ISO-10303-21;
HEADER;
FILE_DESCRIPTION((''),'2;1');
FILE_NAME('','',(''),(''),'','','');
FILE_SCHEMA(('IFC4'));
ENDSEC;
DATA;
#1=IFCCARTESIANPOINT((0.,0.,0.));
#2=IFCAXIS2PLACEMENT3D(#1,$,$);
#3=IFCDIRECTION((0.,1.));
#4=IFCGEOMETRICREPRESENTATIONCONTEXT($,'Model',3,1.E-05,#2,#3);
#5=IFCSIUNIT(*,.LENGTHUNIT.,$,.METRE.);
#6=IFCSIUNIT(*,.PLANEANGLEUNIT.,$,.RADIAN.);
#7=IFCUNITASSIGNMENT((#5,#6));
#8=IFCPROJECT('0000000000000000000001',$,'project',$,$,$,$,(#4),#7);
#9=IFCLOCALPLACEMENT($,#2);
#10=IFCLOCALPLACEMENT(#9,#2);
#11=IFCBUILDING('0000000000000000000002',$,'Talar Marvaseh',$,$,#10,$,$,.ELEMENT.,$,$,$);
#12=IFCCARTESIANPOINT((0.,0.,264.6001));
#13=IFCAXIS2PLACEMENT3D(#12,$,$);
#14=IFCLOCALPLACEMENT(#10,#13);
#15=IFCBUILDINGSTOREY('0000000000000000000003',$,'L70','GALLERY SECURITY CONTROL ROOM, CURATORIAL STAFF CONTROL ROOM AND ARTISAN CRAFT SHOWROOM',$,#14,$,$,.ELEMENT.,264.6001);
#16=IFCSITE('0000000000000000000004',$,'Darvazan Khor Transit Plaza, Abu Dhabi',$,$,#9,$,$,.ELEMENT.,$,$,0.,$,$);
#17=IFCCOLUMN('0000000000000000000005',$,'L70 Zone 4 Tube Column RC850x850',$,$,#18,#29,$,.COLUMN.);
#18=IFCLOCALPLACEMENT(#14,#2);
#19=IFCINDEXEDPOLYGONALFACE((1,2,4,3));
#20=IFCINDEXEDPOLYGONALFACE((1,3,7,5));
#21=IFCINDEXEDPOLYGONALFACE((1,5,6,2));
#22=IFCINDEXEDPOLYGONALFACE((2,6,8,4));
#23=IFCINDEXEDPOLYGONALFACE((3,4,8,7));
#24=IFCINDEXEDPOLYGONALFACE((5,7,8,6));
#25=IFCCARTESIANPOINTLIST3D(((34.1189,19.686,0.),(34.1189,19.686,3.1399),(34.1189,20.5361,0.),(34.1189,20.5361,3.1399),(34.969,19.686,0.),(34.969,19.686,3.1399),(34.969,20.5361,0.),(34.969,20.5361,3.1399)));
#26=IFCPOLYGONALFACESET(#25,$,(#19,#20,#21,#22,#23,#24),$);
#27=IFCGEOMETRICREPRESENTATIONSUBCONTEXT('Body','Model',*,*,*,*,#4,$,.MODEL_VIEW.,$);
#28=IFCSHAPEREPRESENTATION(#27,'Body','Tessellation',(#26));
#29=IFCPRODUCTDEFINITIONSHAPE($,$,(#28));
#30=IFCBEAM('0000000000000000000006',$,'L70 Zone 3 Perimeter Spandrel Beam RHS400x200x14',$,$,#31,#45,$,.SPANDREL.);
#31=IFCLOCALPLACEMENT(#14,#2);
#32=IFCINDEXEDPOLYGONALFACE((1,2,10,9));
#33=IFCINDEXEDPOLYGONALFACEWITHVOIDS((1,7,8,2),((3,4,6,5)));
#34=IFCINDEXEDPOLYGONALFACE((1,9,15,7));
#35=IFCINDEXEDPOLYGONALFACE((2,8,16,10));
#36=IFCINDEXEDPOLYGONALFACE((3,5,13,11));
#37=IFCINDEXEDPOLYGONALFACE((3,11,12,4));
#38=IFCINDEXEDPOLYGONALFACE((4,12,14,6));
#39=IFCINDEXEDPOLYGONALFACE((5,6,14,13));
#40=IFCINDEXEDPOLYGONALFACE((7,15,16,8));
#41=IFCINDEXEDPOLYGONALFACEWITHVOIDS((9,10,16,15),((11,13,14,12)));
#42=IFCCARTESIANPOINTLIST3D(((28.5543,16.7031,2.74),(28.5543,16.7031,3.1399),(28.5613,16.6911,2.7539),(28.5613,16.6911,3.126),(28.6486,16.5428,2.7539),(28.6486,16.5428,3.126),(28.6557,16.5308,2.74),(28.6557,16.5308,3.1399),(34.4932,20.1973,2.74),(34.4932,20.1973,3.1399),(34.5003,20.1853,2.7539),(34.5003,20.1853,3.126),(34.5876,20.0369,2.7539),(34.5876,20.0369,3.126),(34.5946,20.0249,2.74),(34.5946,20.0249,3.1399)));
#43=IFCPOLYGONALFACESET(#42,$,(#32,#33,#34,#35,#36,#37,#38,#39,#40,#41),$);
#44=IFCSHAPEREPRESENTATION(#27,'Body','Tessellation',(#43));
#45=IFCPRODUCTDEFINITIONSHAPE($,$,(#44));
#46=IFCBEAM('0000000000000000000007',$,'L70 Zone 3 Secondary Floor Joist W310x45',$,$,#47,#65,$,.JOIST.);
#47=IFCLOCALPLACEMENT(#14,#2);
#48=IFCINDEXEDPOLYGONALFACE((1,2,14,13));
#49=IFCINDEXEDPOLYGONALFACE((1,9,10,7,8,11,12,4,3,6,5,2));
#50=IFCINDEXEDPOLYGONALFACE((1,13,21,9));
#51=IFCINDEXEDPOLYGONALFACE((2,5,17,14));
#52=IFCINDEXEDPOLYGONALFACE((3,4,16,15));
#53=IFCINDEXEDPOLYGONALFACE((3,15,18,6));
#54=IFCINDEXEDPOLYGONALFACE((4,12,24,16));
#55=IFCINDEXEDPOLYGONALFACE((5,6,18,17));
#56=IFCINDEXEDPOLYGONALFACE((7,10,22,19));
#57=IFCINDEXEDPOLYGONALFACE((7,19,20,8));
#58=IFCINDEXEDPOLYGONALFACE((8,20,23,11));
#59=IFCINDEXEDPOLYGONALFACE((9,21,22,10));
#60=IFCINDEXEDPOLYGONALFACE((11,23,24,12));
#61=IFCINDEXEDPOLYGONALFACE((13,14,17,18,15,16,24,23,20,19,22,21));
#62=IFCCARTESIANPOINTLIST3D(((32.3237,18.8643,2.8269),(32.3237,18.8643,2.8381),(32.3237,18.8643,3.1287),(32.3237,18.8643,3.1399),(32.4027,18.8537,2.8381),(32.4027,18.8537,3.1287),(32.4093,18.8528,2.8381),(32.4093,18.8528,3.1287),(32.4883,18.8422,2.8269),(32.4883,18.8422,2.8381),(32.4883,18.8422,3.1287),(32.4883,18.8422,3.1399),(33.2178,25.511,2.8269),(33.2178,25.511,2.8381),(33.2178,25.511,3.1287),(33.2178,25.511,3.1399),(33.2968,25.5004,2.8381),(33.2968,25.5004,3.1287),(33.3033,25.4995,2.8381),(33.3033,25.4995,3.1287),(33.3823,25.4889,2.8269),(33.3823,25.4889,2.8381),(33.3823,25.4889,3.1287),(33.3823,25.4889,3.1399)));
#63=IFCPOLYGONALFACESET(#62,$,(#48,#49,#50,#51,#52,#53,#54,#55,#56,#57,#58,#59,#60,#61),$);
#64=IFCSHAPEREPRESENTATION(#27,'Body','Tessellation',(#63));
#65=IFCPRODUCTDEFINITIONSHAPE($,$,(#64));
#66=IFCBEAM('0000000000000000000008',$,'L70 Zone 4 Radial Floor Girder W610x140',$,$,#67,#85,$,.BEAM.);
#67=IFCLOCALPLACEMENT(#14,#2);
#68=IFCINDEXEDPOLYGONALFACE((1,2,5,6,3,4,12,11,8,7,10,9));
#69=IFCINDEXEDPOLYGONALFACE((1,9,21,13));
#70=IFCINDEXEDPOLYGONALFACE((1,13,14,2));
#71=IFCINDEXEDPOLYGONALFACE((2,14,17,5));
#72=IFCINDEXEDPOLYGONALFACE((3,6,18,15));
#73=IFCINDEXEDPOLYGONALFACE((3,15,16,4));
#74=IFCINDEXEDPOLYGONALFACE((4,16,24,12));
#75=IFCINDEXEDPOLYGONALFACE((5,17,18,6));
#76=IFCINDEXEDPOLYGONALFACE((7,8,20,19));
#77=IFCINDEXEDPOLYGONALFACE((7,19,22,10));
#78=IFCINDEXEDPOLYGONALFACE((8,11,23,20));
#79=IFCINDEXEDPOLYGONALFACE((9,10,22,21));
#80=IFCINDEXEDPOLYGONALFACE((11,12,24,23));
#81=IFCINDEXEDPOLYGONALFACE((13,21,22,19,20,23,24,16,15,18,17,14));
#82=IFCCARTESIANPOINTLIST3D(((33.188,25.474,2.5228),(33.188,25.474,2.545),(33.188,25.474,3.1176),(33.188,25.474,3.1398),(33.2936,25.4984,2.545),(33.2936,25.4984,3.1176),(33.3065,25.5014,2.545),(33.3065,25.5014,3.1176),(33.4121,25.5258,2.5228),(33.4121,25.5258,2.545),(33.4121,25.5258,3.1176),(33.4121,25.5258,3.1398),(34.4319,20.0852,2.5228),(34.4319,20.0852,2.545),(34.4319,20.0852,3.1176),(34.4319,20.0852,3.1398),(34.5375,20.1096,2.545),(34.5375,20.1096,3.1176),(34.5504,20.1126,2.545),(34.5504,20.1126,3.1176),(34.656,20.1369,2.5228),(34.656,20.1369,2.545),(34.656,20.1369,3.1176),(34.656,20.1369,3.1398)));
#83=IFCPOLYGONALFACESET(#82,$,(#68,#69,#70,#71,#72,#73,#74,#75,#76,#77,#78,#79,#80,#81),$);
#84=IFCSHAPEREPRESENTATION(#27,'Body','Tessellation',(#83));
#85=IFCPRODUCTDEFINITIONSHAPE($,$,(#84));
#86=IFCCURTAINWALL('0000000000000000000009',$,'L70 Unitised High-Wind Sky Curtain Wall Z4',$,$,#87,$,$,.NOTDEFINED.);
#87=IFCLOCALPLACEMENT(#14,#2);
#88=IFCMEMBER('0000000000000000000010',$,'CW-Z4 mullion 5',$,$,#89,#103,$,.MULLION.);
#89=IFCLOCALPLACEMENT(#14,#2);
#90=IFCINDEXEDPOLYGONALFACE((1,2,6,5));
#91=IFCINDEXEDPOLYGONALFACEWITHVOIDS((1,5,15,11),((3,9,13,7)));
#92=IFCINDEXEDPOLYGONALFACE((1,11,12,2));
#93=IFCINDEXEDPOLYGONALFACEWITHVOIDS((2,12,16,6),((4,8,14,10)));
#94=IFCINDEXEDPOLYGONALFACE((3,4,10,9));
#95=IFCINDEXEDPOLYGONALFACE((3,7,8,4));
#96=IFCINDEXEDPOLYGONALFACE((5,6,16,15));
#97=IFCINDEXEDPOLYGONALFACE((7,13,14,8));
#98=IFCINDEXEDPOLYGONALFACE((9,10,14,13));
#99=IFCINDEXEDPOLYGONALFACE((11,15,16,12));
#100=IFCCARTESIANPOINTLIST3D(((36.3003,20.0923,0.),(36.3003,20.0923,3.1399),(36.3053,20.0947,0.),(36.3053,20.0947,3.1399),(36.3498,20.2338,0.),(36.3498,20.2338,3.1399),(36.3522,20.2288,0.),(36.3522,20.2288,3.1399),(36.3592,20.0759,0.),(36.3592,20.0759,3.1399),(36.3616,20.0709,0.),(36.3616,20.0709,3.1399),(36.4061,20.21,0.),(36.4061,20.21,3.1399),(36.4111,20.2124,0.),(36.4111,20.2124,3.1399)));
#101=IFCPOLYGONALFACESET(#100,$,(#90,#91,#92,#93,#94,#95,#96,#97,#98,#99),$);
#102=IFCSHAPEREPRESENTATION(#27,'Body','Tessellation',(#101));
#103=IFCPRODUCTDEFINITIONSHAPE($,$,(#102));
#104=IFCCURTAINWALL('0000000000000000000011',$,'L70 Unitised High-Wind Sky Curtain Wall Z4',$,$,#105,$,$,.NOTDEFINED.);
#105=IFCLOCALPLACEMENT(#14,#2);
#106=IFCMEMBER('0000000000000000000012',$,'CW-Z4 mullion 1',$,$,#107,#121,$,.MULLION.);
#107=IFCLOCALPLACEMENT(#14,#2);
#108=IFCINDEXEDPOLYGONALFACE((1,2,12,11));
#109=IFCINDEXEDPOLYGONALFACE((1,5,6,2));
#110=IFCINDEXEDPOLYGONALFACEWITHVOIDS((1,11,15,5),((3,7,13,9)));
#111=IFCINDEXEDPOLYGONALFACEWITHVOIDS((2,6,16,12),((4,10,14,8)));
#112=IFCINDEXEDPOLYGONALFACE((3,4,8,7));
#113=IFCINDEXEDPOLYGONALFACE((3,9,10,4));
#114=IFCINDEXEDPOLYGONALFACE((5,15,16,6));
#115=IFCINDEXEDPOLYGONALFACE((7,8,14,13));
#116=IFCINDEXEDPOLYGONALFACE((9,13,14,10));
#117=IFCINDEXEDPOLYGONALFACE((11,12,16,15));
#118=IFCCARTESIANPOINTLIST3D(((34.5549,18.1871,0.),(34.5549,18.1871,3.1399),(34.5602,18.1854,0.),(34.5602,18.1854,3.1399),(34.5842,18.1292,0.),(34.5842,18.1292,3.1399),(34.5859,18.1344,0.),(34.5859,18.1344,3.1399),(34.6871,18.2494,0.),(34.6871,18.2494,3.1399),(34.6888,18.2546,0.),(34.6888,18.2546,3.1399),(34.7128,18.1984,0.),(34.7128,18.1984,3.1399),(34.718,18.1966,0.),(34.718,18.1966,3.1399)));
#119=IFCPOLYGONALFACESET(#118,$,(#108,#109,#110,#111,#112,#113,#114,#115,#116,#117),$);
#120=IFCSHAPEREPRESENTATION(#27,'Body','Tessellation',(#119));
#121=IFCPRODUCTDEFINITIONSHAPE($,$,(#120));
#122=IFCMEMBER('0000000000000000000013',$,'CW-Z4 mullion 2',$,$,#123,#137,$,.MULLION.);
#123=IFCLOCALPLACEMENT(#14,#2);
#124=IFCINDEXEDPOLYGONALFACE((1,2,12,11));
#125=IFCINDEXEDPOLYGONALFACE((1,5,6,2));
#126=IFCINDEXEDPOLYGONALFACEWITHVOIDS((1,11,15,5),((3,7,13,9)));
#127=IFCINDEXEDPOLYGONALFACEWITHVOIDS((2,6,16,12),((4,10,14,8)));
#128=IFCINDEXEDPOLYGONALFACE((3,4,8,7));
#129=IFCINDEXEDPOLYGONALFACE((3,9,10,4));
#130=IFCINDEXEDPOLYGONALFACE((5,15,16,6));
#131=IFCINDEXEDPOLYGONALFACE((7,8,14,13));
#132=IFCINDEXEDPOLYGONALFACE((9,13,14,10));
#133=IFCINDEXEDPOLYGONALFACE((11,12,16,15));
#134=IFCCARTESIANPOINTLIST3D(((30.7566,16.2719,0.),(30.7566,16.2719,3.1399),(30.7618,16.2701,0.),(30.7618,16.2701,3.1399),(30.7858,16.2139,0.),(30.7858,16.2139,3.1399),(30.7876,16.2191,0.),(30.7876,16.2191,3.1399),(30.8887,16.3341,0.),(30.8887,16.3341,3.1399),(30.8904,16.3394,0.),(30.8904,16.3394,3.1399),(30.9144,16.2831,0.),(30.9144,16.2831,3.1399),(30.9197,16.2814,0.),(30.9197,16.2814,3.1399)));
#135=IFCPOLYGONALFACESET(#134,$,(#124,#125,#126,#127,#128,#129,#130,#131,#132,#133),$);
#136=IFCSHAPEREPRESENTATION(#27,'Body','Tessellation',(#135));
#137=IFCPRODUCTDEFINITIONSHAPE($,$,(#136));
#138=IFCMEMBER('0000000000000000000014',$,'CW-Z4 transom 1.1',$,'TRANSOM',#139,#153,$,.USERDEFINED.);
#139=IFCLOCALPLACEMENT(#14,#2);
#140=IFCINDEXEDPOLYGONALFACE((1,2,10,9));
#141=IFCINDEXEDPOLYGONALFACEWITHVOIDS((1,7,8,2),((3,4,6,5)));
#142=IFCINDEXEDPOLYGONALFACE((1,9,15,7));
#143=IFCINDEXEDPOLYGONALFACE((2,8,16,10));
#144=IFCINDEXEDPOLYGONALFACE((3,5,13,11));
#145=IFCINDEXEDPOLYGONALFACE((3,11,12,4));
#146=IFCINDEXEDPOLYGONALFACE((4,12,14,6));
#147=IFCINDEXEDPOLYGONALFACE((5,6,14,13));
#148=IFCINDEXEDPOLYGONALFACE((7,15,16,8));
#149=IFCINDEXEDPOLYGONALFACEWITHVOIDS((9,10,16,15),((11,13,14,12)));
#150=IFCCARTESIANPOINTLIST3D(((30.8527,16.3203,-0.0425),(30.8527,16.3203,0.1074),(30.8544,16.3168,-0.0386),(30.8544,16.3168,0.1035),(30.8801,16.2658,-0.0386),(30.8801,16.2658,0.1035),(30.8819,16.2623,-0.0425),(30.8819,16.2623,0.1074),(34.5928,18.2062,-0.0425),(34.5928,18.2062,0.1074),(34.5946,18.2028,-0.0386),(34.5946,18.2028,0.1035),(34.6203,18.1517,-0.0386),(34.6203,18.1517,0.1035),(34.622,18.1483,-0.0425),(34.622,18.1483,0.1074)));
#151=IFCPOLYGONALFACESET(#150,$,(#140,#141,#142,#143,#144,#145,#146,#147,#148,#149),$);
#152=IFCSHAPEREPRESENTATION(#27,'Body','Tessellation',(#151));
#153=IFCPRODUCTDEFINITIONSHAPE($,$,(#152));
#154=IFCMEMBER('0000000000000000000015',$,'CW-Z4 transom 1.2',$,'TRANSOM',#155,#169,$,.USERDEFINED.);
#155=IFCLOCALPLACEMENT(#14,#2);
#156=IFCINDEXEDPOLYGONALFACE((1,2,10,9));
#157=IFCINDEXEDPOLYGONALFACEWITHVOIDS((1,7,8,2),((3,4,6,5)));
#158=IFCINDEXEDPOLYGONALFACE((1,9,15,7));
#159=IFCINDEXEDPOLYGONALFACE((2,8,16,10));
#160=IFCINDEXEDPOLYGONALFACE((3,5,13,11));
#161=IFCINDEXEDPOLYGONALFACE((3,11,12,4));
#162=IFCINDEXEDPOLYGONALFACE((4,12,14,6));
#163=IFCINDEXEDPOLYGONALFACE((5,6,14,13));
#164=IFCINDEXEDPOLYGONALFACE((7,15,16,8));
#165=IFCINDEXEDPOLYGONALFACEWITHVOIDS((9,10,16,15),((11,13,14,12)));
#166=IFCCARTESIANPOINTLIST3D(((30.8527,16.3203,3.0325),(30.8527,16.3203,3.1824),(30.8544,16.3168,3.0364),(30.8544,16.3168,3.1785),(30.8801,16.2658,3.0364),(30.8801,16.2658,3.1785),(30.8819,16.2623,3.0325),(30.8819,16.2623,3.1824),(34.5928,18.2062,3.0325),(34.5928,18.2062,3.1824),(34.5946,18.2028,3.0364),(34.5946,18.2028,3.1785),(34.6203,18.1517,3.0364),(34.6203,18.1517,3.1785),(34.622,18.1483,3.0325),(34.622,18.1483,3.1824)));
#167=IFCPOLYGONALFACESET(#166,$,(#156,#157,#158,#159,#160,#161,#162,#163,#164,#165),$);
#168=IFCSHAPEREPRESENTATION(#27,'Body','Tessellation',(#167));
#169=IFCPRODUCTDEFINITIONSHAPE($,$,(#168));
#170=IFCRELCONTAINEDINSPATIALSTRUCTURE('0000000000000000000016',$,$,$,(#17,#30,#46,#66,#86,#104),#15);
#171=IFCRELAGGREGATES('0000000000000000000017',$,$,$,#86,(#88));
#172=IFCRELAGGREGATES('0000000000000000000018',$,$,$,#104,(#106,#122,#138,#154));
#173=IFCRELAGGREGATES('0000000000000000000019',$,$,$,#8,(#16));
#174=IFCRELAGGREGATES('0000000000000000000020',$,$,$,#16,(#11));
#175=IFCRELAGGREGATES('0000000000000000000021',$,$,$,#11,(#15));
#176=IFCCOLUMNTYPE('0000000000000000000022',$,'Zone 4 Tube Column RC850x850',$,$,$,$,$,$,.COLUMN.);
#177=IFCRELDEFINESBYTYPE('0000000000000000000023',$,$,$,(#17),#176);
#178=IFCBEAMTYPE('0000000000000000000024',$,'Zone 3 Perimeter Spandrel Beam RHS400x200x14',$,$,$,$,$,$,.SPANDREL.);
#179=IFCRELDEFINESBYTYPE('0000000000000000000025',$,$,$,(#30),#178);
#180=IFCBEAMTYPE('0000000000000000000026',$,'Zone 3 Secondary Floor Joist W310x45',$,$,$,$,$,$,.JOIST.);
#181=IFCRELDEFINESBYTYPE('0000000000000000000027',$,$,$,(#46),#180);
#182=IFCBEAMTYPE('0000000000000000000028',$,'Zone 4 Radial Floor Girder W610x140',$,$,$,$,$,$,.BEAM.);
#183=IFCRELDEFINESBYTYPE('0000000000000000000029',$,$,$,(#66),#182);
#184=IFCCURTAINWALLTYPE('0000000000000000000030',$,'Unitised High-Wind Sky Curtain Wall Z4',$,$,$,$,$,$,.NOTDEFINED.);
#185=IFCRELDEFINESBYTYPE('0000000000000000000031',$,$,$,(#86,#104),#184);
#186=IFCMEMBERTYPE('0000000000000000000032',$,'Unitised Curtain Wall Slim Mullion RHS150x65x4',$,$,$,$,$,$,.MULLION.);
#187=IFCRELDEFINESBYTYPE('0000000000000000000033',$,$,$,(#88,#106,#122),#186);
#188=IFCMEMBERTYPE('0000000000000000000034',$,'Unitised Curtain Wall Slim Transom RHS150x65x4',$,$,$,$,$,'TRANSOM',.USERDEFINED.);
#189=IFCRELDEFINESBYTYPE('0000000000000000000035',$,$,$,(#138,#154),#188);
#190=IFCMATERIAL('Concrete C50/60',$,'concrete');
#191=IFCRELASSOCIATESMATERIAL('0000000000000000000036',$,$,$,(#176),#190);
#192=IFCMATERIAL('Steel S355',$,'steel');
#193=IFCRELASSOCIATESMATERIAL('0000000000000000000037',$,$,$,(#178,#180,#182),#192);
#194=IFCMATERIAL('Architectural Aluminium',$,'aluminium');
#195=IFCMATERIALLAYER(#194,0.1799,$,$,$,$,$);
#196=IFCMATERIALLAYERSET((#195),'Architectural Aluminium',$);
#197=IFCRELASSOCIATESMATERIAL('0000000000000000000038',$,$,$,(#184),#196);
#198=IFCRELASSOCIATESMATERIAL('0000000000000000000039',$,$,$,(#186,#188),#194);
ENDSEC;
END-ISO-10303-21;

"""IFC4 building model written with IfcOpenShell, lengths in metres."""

from ifc_helpers import new_model, si_unit, direction, frame, origin, origin_2d, place, context, subcontext, project, spatial, rectangle, hollow_rectangle, i_section, extrude, source, transform, mapped, material, layer, layer_set, material_profile, profile_set, type_object, type_shapes, element, aggregate, save


model = new_model("IFC4")

# Units and contexts
model_context = context("Model", 3, precision=1e-05, world=origin(), true_north=direction((0.0, 1.0)))
body_context = subcontext(model_context, "Body", "Model", "MODEL_VIEW")
ifc_project = project(units=[si_unit("LENGTHUNIT", "METRE"), si_unit("PLANEANGLEUNIT", "RADIAN")], contexts=[model_context])

# Site, building, storey
site_placement = place(None, origin())
site = spatial("IfcSite", under=ifc_project, at=site_placement, Name="Darvazan Khor Transit Plaza, Abu Dhabi", CompositionType="ELEMENT", RefElevation=0.0)
building_placement = place(site_placement, origin())
building = spatial("IfcBuilding", under=site, at=building_placement, Name="Talar Marvaseh", CompositionType="ELEMENT")
storey_placement = place(building_placement, frame((0.0, 0.0, 264.6001)))
storey = spatial("IfcBuildingStorey", under=building, at=storey_placement, Name="L70", Description="GALLERY SECURITY CONTROL ROOM, CURATORIAL STAFF CONTROL ROOM AND ARTISAN CRAFT SHOWROOM", CompositionType="ELEMENT", Elevation=264.6001)

# Column
ifc_material_1 = material(Name="Concrete C50/60", Category="concrete")
ifc_material_profile_1 = material_profile(ifc_material_1, rectangle(XDim=0.8501, YDim=0.8501, at=origin_2d()), Name="RC850x850")
ifc_profile_set_1 = profile_set([ifc_material_profile_1], Name="Concrete C50/60")
column_type = type_object("IfcColumnType", Name="Zone 4 Tube Column RC850x850", PredefinedType="COLUMN", material=ifc_profile_set_1)
column_placement = place(storey_placement, frame((34.5439, 20.1111, 0.0), z_axis=(0.0, 0.0, 1.0), x_axis=(1.0, 0.0, 0.0)))
element("IfcColumn", 1, at=column_placement, inside=storey, type_object=column_type, Name="L70 Zone 4 Tube Column RC850x850", PredefinedType="COLUMN", context=body_context, shape_type="SweptSolid", body=[
    extrude(rectangle(XDim=0.8501, YDim=0.8501, at=origin_2d()), origin(), (0.0, 0.0, 1.0), 3.1399),
])

# Beams
ifc_material_2 = material(Name="Steel S355", Category="steel")
ifc_material_profile_2 = material_profile(ifc_material_2, hollow_rectangle(XDim=0.2, YDim=0.3999, WallThickness=0.0139, at=origin_2d()), Name="RHS400x200x14")
ifc_profile_set_2 = profile_set([ifc_material_profile_2], Name="Steel S355")
beam_type_1 = type_object("IfcBeamType", Name="Zone 3 Perimeter Spandrel Beam RHS400x200x14", PredefinedType="SPANDREL", material=ifc_profile_set_2)
beam_1_placement = place(storey_placement, frame((34.5439, 20.1111, 2.9399), z_axis=(-0.861894, -0.507088, 0.0), x_axis=(0.507088, -0.861894, 0.0)))
element("IfcBeam", 2, at=beam_1_placement, inside=storey, type_object=beam_type_1, Name="L70 Zone 3 Perimeter Spandrel Beam RHS400x200x14", PredefinedType="SPANDREL", context=body_context, shape_type="SweptSolid", body=[
    extrude(hollow_rectangle(XDim=0.2, YDim=0.3999, WallThickness=0.0139, at=origin_2d()), origin(), (0.0, 0.0, 1.0), 6.8906),
])
ifc_material_profile_3 = material_profile(ifc_material_2, i_section(OverallWidth=0.166, OverallDepth=0.313, WebThickness=0.0066, FlangeThickness=0.0112, at=origin_2d()), Name="W310x45")
ifc_profile_set_3 = profile_set([ifc_material_profile_3], Name="Steel S355")
beam_type_2 = type_object("IfcBeamType", Name="Zone 3 Secondary Floor Joist W310x45", PredefinedType="JOIST", material=ifc_profile_set_3)
beam_2_placement = place(storey_placement, frame((32.406, 18.8533, 2.9834), z_axis=(0.133308, 0.991075, 0.0), x_axis=(-0.991075, 0.133308, 0.0)))
element("IfcBeam", 3, at=beam_2_placement, inside=storey, type_object=beam_type_2, Name="L70 Zone 3 Secondary Floor Joist W310x45", PredefinedType="JOIST", context=body_context, shape_type="SweptSolid", body=[
    extrude(i_section(OverallWidth=0.166, OverallDepth=0.313, WebThickness=0.0066, FlangeThickness=0.0112, at=origin_2d()), origin(), (0.0, 0.0, 1.0), 6.7065),
])
ifc_material_profile_4 = material_profile(ifc_material_2, i_section(OverallWidth=0.23, OverallDepth=0.6169, WebThickness=0.0132, FlangeThickness=0.0222, at=origin_2d()), Name="W610x140")
ifc_profile_set_4 = profile_set([ifc_material_profile_4], Name="Steel S355")
beam_type_3 = type_object("IfcBeamType", Name="Zone 4 Radial Floor Girder W610x140", PredefinedType="BEAM", material=ifc_profile_set_4)
beam_3_placement = place(storey_placement, frame((34.5439, 20.1111, 2.8313), z_axis=(-0.224911, 0.974379, 0.0), x_axis=(-0.974379, -0.224911, 0.0)))
element("IfcBeam", 4, at=beam_3_placement, inside=storey, type_object=beam_type_3, Name="L70 Zone 4 Radial Floor Girder W610x140", PredefinedType="BEAM", context=body_context, shape_type="SweptSolid", body=[
    extrude(i_section(OverallWidth=0.23, OverallDepth=0.6169, WebThickness=0.0132, FlangeThickness=0.0222, at=origin_2d()), origin(), (0.0, 0.0, 1.0), 5.5305),
])

# Curtain wall, member
ifc_material_3 = material(Name="Architectural Aluminium", Category="aluminium")
ifc_layer_1 = layer(ifc_material_3, 0.1799)
ifc_layer_set_1 = layer_set([ifc_layer_1], Name="Architectural Aluminium")
curtain_wall_type = type_object("IfcCurtainWallType", Name="Unitised High-Wind Sky Curtain Wall Z4", PredefinedType="NOTDEFINED", material=ifc_layer_set_1)
curtain_wall_1_placement = place(storey_placement, origin())
curtain_wall_1 = element("IfcCurtainWall", 5, at=curtain_wall_1_placement, inside=storey, type_object=curtain_wall_type, Name="L70 Unitised High-Wind Sky Curtain Wall Z4", PredefinedType="NOTDEFINED")
ifc_material_profile_5 = material_profile(ifc_material_3, hollow_rectangle(XDim=0.0649, YDim=0.1499, WallThickness=0.0039, at=origin_2d()), Name="RHS150x65x4")
ifc_profile_set_5 = profile_set([ifc_material_profile_5], Name="Architectural Aluminium")
member_type_1 = type_object("IfcMemberType", Name="Unitised Curtain Wall Slim Mullion RHS150x65x4", PredefinedType="MULLION", material=ifc_profile_set_5)
shared_shape_1 = source(origin(), body_context, "Body", "SweptSolid", [
    extrude(hollow_rectangle(XDim=0.0649, YDim=0.1499, WallThickness=0.0039, at=origin_2d()), origin(), (0.0, 0.0, 1.0), 3.1399),
])
type_shapes(member_type_1, [shared_shape_1])
member_1_placement = place(storey_placement, frame((36.3557, 20.1523, 0.0), z_axis=(0.0, 0.0, 1.0), x_axis=(0.944038, -0.329838, 0.0)))
member_1 = element("IfcMember", 6, at=member_1_placement, type_object=member_type_1, Name="CW-Z4 mullion 5", PredefinedType="MULLION", context=body_context, shape_type="MappedRepresentation", body=[
    mapped(shared_shape_1, transform((0.0, 0.0, 0.0), x_axis=(1.0, 0.0, 0.0), y_axis=(0.0, 1.0, 0.0), z_axis=(0.0, 0.0, 1.0), scale=1.0)),
])
aggregate(curtain_wall_1, [member_1])

# Curtain wall, members
curtain_wall_2_placement = place(storey_placement, origin())
curtain_wall_2 = element("IfcCurtainWall", 7, at=curtain_wall_2_placement, inside=storey, type_object=curtain_wall_type, Name="L70 Unitised High-Wind Sky Curtain Wall Z4", PredefinedType="NOTDEFINED")
member_2_placement = place(storey_placement, frame((34.6365, 18.1919, 0.0), z_axis=(0.0, 0.0, 1.0), x_axis=(0.450237, -0.892909, 0.0)))
member_2 = element("IfcMember", 8, at=member_2_placement, type_object=member_type_1, Name="CW-Z4 mullion 1", PredefinedType="MULLION", context=body_context, shape_type="MappedRepresentation", body=[
    mapped(shared_shape_1, transform((0.0, 0.0, 0.0), x_axis=(1.0, 0.0, 0.0), y_axis=(0.0, 1.0, 0.0), z_axis=(0.0, 0.0, 1.0), scale=1.0)),
])
member_3_placement = place(storey_placement, frame((30.8381, 16.2766, 0.0), z_axis=(0.0, 0.0, 1.0), x_axis=(0.450237, -0.892909, 0.0)))
member_3 = element("IfcMember", 9, at=member_3_placement, type_object=member_type_1, Name="CW-Z4 mullion 2", PredefinedType="MULLION", context=body_context, shape_type="MappedRepresentation", body=[
    mapped(shared_shape_1, transform((0.0, 0.0, 0.0), x_axis=(1.0, 0.0, 0.0), y_axis=(0.0, 1.0, 0.0), z_axis=(0.0, 0.0, 1.0), scale=1.0)),
])
ifc_material_profile_6 = material_profile(ifc_material_3, hollow_rectangle(XDim=0.0649, YDim=0.1499, WallThickness=0.0039, at=origin_2d()), Name="RHS150x65x4")
ifc_profile_set_6 = profile_set([ifc_material_profile_6], Name="Architectural Aluminium")
member_type_2 = type_object("IfcMemberType", Name="Unitised Curtain Wall Slim Transom RHS150x65x4", ElementType="TRANSOM", PredefinedType="USERDEFINED", material=ifc_profile_set_6)
shared_shape_2 = source(origin(), body_context, "Body", "SweptSolid", [
    extrude(hollow_rectangle(XDim=0.0649, YDim=0.1499, WallThickness=0.0039, at=origin_2d()), origin(), (0.0, 0.0, 1.0), 4.1887),
])
member_4_placement = place(storey_placement, frame((34.6074, 18.1772, 0.0325), z_axis=(-0.892907, -0.450242, 0.0), x_axis=(0.450242, -0.892907, 0.0)))
member_4 = element("IfcMember", 10, at=member_4_placement, type_object=member_type_2, Name="CW-Z4 transom 1.1", ObjectType="TRANSOM", PredefinedType="USERDEFINED", context=body_context, shape_type="MappedRepresentation", body=[
    mapped(shared_shape_2, transform((0.0, 0.0, 0.0), x_axis=(1.0, 0.0, 0.0), y_axis=(0.0, 1.0, 0.0), z_axis=(0.0, 0.0, 1.0), scale=1.0)),
])
member_5_placement = place(storey_placement, frame((34.6074, 18.1772, 3.1074), z_axis=(-0.892907, -0.450242, 0.0), x_axis=(0.450242, -0.892907, 0.0)))
member_5 = element("IfcMember", 11, at=member_5_placement, type_object=member_type_2, Name="CW-Z4 transom 1.2", ObjectType="TRANSOM", PredefinedType="USERDEFINED", context=body_context, shape_type="MappedRepresentation", body=[
    mapped(shared_shape_2, transform((0.0, 0.0, 0.0), x_axis=(1.0, 0.0, 0.0), y_axis=(0.0, 1.0, 0.0), z_axis=(0.0, 0.0, 1.0), scale=1.0)),
])
aggregate(curtain_wall_2, [member_2, member_3, member_4, member_5])

save(model, "model.ifc")
